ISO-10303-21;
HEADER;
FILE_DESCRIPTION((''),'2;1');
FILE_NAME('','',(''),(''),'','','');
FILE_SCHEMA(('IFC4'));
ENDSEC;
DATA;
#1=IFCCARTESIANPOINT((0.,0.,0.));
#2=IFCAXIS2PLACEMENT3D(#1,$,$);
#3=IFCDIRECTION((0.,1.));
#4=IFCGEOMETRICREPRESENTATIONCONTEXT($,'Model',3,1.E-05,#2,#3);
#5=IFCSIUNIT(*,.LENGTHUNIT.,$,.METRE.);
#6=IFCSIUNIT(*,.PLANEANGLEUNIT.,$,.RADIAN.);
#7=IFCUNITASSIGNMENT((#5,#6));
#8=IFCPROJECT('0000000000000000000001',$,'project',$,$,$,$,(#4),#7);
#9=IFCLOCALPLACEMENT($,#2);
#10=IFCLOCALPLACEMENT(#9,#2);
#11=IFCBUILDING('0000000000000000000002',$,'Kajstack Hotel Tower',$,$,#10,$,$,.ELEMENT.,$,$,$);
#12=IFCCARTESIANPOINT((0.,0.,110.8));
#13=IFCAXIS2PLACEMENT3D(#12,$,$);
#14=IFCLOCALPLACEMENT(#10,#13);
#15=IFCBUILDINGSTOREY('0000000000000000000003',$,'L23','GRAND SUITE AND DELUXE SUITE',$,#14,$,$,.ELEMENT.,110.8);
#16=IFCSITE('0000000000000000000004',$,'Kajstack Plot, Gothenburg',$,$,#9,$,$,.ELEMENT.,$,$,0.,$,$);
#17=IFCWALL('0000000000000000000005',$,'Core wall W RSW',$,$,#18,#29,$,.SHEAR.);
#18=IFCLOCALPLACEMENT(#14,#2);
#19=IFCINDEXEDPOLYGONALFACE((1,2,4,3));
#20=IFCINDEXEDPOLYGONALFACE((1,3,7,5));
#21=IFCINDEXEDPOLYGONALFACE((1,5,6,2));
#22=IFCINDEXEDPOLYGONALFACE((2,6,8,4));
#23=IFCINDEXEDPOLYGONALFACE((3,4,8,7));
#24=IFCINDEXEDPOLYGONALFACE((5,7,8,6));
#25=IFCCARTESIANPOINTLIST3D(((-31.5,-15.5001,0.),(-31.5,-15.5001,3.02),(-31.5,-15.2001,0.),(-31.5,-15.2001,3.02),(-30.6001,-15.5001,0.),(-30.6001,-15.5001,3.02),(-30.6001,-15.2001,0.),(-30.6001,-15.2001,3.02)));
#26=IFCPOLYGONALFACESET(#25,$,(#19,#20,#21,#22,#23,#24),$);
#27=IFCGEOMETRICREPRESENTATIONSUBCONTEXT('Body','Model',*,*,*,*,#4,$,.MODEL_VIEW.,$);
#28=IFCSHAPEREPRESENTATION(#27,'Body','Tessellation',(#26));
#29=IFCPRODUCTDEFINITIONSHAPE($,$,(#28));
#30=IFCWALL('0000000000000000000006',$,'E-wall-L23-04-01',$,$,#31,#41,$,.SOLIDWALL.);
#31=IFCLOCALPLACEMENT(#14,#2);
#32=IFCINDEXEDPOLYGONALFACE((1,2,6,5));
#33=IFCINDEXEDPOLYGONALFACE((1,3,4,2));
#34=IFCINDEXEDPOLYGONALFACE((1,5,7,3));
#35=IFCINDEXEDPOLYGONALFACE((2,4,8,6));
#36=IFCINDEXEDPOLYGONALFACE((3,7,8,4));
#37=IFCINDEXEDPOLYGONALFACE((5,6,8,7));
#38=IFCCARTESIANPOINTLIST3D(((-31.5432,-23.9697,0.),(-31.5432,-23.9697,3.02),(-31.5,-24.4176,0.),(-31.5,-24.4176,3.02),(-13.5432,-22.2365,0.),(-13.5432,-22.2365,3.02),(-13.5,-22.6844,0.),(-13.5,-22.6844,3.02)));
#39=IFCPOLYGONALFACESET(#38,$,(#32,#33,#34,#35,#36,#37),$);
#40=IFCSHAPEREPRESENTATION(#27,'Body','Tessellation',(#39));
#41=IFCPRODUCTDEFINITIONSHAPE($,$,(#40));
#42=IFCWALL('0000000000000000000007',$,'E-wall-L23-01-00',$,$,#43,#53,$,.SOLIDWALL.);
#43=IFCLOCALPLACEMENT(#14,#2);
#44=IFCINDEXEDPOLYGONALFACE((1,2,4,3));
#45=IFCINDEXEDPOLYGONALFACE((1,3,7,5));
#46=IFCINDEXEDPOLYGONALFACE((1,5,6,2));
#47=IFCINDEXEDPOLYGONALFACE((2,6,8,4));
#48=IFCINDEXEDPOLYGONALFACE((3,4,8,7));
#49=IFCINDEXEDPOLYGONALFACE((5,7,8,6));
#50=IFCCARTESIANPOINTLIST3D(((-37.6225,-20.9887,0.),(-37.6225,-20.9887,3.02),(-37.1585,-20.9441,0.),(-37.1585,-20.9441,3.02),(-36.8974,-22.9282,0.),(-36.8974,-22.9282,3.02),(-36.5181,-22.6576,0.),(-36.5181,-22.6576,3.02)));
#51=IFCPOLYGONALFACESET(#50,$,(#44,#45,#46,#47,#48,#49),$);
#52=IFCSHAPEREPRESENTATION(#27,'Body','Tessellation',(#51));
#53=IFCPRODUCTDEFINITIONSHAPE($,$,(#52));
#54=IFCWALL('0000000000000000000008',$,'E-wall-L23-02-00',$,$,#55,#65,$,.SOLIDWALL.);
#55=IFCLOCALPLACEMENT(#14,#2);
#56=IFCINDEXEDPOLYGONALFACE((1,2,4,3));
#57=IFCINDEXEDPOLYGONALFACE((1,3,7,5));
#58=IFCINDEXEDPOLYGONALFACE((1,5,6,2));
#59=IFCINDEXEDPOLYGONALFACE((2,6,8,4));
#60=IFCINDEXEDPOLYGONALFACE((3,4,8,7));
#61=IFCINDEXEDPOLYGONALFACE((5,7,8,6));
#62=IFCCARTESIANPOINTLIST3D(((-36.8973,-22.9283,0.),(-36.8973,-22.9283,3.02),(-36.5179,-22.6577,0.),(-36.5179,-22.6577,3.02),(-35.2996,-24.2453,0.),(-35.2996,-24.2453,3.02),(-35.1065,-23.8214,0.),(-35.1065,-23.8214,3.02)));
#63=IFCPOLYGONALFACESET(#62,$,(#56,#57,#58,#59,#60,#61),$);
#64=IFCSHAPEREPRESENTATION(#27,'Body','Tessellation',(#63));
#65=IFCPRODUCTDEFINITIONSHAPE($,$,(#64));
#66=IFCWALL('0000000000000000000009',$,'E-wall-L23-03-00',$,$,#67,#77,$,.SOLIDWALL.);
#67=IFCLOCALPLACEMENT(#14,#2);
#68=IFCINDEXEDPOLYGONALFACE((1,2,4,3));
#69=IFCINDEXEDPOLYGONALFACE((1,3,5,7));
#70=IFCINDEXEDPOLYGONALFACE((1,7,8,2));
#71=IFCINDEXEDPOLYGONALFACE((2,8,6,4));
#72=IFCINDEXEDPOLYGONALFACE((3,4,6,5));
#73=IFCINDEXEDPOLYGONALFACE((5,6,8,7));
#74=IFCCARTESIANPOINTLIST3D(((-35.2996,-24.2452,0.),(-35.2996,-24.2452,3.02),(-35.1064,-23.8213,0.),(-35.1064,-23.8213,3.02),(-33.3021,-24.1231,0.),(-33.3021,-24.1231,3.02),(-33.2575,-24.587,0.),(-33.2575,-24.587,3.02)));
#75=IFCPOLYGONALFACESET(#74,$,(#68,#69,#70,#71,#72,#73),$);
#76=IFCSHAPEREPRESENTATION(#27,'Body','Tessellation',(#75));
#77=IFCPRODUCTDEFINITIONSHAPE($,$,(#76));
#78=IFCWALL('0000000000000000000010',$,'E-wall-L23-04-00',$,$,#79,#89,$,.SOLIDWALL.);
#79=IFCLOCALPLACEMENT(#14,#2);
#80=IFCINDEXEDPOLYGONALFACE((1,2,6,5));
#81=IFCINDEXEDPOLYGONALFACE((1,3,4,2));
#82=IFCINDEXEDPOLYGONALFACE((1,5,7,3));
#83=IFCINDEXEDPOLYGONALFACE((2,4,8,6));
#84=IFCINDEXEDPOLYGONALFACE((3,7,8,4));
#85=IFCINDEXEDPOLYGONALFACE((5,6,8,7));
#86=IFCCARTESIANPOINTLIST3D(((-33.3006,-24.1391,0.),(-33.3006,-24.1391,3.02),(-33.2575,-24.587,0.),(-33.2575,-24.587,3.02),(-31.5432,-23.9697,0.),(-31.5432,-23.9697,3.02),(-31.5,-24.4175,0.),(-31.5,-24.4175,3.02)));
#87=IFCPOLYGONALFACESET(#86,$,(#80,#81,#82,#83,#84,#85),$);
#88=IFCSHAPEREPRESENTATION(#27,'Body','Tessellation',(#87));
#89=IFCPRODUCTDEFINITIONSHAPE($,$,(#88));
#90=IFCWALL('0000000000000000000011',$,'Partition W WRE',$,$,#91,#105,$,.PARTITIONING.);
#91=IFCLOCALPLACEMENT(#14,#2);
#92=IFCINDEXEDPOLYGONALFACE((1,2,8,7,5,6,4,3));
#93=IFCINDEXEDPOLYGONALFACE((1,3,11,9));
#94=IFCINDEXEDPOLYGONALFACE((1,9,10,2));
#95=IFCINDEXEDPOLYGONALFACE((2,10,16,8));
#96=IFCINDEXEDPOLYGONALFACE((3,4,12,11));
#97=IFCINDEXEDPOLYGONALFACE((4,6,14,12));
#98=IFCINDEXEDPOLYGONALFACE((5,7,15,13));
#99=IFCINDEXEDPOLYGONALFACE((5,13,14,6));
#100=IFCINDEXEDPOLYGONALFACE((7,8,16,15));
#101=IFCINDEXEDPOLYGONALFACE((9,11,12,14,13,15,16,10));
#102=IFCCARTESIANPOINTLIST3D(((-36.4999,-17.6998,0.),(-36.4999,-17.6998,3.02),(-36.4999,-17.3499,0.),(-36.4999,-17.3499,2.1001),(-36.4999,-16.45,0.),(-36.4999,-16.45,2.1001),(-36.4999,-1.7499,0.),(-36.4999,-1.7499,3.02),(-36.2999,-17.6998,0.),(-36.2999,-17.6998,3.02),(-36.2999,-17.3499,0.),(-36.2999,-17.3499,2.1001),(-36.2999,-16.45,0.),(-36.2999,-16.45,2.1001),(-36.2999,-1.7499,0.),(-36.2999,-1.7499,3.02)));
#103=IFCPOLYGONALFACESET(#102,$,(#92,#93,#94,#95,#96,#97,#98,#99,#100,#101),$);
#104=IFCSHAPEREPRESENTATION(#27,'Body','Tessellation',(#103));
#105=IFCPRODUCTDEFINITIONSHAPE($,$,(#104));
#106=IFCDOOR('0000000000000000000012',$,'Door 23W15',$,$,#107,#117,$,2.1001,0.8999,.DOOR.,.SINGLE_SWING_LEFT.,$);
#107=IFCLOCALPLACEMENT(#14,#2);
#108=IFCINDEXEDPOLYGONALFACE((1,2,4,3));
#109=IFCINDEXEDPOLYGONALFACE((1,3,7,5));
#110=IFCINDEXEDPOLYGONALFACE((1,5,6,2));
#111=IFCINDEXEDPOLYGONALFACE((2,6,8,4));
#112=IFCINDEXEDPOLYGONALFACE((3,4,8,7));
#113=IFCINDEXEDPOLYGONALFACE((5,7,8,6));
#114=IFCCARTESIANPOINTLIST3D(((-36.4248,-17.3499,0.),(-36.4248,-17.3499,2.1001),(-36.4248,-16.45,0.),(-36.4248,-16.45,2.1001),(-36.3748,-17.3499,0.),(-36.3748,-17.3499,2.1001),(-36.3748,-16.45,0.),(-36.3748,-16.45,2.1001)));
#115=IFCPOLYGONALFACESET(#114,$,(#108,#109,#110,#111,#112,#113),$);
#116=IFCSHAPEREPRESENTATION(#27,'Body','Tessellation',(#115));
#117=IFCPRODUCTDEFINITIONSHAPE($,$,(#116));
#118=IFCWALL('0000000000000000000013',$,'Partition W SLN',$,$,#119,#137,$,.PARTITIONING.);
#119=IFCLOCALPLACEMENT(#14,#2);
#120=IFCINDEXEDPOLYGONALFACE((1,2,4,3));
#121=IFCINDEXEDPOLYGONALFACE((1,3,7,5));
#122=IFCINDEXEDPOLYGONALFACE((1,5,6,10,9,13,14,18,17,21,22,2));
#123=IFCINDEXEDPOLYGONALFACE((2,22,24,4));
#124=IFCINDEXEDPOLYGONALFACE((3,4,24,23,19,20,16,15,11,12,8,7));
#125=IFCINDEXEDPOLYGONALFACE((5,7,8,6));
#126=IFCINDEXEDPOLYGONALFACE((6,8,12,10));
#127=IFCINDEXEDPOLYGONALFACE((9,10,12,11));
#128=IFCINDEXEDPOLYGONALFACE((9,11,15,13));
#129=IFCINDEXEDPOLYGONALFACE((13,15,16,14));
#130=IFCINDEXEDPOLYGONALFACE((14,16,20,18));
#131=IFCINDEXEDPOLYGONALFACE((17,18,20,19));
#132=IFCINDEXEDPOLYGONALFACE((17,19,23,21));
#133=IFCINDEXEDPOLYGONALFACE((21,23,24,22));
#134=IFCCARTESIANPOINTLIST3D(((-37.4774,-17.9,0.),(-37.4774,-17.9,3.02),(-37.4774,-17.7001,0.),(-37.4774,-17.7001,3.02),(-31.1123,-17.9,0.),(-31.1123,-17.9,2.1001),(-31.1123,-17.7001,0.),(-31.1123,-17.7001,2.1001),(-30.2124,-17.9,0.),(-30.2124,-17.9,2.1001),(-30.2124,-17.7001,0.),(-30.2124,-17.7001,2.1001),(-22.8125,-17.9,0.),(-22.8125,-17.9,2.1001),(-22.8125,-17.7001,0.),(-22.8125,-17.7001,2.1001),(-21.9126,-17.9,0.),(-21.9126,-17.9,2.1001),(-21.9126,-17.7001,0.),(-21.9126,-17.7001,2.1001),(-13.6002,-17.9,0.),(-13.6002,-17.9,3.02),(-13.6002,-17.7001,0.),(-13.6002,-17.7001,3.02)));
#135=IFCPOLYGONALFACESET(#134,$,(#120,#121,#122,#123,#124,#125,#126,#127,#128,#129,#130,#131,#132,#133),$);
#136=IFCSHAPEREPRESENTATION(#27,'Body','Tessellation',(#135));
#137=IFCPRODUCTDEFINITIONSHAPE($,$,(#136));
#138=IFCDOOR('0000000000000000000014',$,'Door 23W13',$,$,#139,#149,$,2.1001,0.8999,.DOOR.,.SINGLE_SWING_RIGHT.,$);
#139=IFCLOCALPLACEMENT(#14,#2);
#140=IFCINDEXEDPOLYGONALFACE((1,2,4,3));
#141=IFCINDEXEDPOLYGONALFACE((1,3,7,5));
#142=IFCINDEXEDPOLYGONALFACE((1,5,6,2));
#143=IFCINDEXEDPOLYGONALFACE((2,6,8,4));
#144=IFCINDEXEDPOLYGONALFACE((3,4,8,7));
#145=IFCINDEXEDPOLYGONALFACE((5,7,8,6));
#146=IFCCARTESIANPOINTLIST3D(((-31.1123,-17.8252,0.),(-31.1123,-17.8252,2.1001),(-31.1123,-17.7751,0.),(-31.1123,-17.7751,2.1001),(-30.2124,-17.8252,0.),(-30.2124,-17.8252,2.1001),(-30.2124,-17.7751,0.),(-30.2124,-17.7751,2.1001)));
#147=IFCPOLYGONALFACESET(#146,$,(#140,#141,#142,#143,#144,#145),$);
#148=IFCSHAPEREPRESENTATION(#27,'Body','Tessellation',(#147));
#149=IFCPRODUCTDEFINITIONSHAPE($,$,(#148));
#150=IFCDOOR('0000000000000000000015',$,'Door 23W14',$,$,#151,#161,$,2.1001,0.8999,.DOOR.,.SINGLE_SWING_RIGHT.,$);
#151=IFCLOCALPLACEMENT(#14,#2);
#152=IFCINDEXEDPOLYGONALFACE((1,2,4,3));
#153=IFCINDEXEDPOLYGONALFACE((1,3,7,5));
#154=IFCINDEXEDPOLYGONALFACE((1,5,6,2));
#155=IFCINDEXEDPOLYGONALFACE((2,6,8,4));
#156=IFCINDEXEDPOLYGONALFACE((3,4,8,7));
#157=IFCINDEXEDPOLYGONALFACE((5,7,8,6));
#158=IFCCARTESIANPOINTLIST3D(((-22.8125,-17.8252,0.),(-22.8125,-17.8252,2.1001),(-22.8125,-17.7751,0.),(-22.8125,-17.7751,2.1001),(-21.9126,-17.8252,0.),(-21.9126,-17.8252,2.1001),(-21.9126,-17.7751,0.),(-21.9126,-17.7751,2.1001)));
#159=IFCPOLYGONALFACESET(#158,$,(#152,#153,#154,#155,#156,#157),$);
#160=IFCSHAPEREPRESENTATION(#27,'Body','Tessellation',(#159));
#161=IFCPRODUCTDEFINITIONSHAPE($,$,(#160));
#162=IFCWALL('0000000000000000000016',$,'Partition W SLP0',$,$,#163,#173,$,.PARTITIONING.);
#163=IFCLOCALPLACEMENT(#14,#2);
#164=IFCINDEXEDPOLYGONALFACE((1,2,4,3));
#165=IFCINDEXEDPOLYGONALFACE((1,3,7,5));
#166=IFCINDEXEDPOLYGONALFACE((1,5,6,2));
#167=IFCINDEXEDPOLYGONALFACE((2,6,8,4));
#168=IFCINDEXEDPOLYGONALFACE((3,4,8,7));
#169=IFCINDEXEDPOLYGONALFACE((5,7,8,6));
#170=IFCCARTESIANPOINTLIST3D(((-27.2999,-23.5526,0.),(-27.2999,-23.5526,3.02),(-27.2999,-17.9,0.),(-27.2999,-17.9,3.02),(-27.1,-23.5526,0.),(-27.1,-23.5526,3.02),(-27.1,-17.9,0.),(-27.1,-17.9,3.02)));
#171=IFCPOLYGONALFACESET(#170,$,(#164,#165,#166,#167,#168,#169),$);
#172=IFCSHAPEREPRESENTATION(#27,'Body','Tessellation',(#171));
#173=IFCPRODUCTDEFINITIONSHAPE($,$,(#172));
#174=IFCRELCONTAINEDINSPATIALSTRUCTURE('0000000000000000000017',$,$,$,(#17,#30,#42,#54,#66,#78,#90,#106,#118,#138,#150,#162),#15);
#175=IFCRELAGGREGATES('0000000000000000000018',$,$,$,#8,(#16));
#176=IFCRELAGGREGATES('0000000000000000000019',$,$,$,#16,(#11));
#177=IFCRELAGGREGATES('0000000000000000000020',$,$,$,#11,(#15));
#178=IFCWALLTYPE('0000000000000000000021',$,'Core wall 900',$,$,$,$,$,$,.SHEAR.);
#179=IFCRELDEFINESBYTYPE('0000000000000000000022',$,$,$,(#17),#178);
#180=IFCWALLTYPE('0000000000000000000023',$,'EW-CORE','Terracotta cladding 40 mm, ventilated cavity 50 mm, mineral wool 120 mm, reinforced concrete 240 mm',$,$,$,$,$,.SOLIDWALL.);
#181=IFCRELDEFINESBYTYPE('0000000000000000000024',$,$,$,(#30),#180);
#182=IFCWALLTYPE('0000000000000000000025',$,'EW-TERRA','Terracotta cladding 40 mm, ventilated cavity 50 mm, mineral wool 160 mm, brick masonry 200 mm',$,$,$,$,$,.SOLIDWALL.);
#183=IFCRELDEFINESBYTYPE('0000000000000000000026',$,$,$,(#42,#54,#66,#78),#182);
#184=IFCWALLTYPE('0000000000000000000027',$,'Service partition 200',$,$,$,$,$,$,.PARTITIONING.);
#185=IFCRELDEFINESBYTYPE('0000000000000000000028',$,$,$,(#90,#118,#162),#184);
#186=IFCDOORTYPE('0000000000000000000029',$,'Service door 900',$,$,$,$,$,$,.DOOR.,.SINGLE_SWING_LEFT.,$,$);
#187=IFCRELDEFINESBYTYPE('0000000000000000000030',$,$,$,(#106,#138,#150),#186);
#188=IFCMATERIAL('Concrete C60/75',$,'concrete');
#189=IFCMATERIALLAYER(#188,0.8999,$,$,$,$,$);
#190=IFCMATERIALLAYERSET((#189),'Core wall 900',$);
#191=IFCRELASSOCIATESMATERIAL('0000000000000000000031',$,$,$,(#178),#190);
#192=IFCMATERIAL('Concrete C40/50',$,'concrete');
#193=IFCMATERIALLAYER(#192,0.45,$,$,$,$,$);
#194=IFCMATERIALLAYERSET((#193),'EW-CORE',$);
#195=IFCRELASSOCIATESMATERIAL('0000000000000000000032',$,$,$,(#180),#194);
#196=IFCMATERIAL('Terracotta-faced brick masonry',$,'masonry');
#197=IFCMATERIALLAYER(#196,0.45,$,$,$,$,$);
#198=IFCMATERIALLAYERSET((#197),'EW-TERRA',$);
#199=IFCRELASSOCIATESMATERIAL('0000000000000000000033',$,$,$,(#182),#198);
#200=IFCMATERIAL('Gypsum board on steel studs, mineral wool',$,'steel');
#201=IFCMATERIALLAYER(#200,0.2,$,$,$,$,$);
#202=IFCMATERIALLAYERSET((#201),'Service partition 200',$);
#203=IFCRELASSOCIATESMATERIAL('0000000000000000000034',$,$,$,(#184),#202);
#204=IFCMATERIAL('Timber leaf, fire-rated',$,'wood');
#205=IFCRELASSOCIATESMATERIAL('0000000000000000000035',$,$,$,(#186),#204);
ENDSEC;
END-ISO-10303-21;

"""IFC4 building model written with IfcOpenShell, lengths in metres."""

from ifc_helpers import new_model, si_unit, direction, frame, frame_2d, origin, place, context, subcontext, project, spatial, polyline, rectangle, outline, extrude, material, layer, layer_set, type_object, element, fill, save


model = new_model("IFC4")

# Units and contexts
model_context = context("Model", 3, precision=1e-05, world=origin(), true_north=direction((0.0, 1.0)))
body_context = subcontext(model_context, "Body", "Model", "MODEL_VIEW")
ifc_project = project(units=[si_unit("LENGTHUNIT", "METRE"), si_unit("PLANEANGLEUNIT", "RADIAN")], contexts=[model_context])

# Site, building, storey
site_placement = place(None, origin())
site = spatial("IfcSite", under=ifc_project, at=site_placement, Name="Kajstack Plot, Gothenburg", CompositionType="ELEMENT", RefElevation=0.0)
building_placement = place(site_placement, origin())
building = spatial("IfcBuilding", under=site, at=building_placement, Name="Kajstack Hotel Tower", CompositionType="ELEMENT")
storey_placement = place(building_placement, frame((0.0, 0.0, 110.8)))
storey = spatial("IfcBuildingStorey", under=building, at=storey_placement, Name="L23", Description="GRAND SUITE AND DELUXE SUITE", CompositionType="ELEMENT", Elevation=110.8)

# Walls
ifc_material_1 = material(Name="Concrete C60/75", Category="concrete")
ifc_layer_1 = layer(ifc_material_1, 0.8999)
ifc_layer_set_1 = layer_set([ifc_layer_1], Name="Core wall 900")
wall_type_1 = type_object("IfcWallType", Name="Core wall 900", PredefinedType="SHEAR", material=ifc_layer_set_1)
wall_1_placement = place(storey_placement, frame((-31.5, -15.3501, 0.0), z_axis=(0.0, 0.0, 1.0), x_axis=(1.0, 0.0, 0.0)))
element("IfcWall", 1, at=wall_1_placement, inside=storey, type_object=wall_type_1, Name="Core wall W RSW", PredefinedType="SHEAR", context=body_context, shape_type="SweptSolid", body=[
    extrude(rectangle(XDim=0.8999, YDim=0.3, at=frame_2d((0.45, 0.0))), origin(), (0.0, 0.0, 1.0), 3.02),
])
ifc_material_2 = material(Name="Concrete C40/50", Category="concrete")
ifc_layer_2 = layer(ifc_material_2, 0.45)
ifc_layer_set_2 = layer_set([ifc_layer_2], Name="EW-CORE")
wall_type_2 = type_object("IfcWallType", Name="EW-CORE", Description="Terracotta cladding 40 mm, ventilated cavity 50 mm, mineral wool 120 mm, reinforced concrete 240 mm", PredefinedType="SOLIDWALL", material=ifc_layer_set_2)
wall_2_placement = place(storey_placement, frame((-31.5215, -24.1936, 0.0), z_axis=(0.0, 0.0, 1.0), x_axis=(0.995396, 0.095843, 0.0)))
element("IfcWall", 2, at=wall_2_placement, inside=storey, type_object=wall_type_2, Name="E-wall-L23-04-01", PredefinedType="SOLIDWALL", context=body_context, shape_type="SweptSolid", body=[
    extrude(rectangle(XDim=18.0833, YDim=0.45, at=frame_2d((9.0415, 0.0))), origin(), (0.0, 0.0, 1.0), 3.02),
])
ifc_material_3 = material(Name="Terracotta-faced brick masonry", Category="masonry")
ifc_layer_3 = layer(ifc_material_3, 0.45)
ifc_layer_set_3 = layer_set([ifc_layer_3], Name="EW-TERRA")
wall_type_3 = type_object("IfcWallType", Name="EW-TERRA", Description="Terracotta cladding 40 mm, ventilated cavity 50 mm, mineral wool 160 mm, brick masonry 200 mm", PredefinedType="SOLIDWALL", material=ifc_layer_set_3)
for number, where, z_axis, x_axis, name in (
    (3, (-37.4116, -20.9099, 0.0), (0.0, 0.0, 1.0), (0.350193, -0.936678, 0.0), "E-wall-L23-01-00"),
    (4, (-36.7542, -22.7546, 0.0), (0.0, 0.0, 1.0), (0.771651, -0.636046, 0.0), "E-wall-L23-02-00"),
):
    element("IfcWall", number, at=place(storey_placement, frame(where, z_axis=z_axis, x_axis=x_axis)), inside=storey, type_object=wall_type_3, Name=name, PredefinedType="SOLIDWALL", context=body_context, shape_type="SweptSolid", body=[
        extrude(outline(polyline([(0.0, -0.2251), (2.0706, -0.2251), (1.95, 0.2249), (0.1206, 0.2251), (0.0, -0.2251)])), origin(), (0.0, 0.0, 1.0), 3.02),
    ])
wall_3_placement = place(storey_placement, frame((-35.2625, -24.0232, 0.0), z_axis=(0.0, 0.0, 1.0), x_axis=(0.986279, -0.165087, 0.0)))
element("IfcWall", 5, at=wall_3_placement, inside=storey, type_object=wall_type_3, Name="E-wall-L23-03-00", PredefinedType="SOLIDWALL", context=body_context, shape_type="SweptSolid", body=[
    extrude(outline(polyline([(0.0, -0.2251), (2.0706, -0.2251), (1.95, 0.2251), (0.1206, 0.2249), (0.0, -0.2251)])), origin(), (0.0, 0.0, 1.0), 3.02),
])
wall_4_placement = place(storey_placement, frame((-33.2791, -24.363, 0.0), z_axis=(0.0, 0.0, 1.0), x_axis=(0.995385, 0.095957, 0.0)))
element("IfcWall", 6, at=wall_4_placement, inside=storey, type_object=wall_type_3, Name="E-wall-L23-04-00", PredefinedType="SOLIDWALL", context=body_context, shape_type="SweptSolid", body=[
    extrude(rectangle(XDim=1.7656, YDim=0.45, at=frame_2d((0.8828, 0.0))), origin(), (0.0, 0.0, 1.0), 3.02),
])

# Wall, opening, door
ifc_material_4 = material(Name="Gypsum board on steel studs, mineral wool", Category="steel")
ifc_layer_4 = layer(ifc_material_4, 0.2)
ifc_layer_set_4 = layer_set([ifc_layer_4], Name="Service partition 200")
wall_type_4 = type_object("IfcWallType", Name="Service partition 200", PredefinedType="PARTITIONING", material=ifc_layer_set_4)
wall_5_placement = place(storey_placement, frame((-36.3999, -17.7, 0.0), z_axis=(0.0, 0.0, 1.0), x_axis=(0.0, 1.0, 0.0)))
wall_5 = element("IfcWall", 7, at=wall_5_placement, inside=storey, type_object=wall_type_4, Name="Partition W WRE", PredefinedType="PARTITIONING", context=body_context, shape_type="SweptSolid", body=[
    extrude(rectangle(XDim=15.95, YDim=0.2, at=frame_2d((7.9751, 0.0))), origin(), (0.0, 0.0, 1.0), 3.02),
])
opening_1_placement = place(wall_5_placement, frame((0.3501, 0.0, 0.0)))
opening_1 = element("IfcOpeningElement", 8, at=opening_1_placement, cuts=wall_5, PredefinedType="OPENING", context=body_context, shape_type="SweptSolid", body=[
    extrude(rectangle(XDim=0.8999, YDim=2.1001, at=frame_2d((0.45, 1.05))), frame((0.0, 0.1099, 0.0), z_axis=(0.0, -1.0, 0.0), x_axis=(1.0, 0.0, 0.0)), (0.0, 0.0, 1.0), 0.22),
])
ifc_material_5 = material(Name="Timber leaf, fire-rated", Category="wood")
door_type = type_object("IfcDoorType", Name="Service door 900", OperationType="SINGLE_SWING_LEFT", PredefinedType="DOOR", material=ifc_material_5)
door_1_placement = place(opening_1_placement, origin())
door_1 = element("IfcDoor", 9, at=door_1_placement, inside=storey, type_object=door_type, Name="Door 23W15", OperationType="SINGLE_SWING_LEFT", OverallHeight=2.1001, OverallWidth=0.8999, PredefinedType="DOOR", context=body_context, shape_type="SweptSolid", body=[
    extrude(rectangle(XDim=0.8999, YDim=2.1001, at=frame_2d((0.45, 1.05))), frame((0.0, 0.0249, 0.0), z_axis=(0.0, -1.0, 0.0), x_axis=(1.0, 0.0, 0.0)), (0.0, 0.0, 1.0), 0.05),
])
fill(opening_1, door_1)

# Wall, openings, doors
wall_6_placement = place(storey_placement, frame((-37.4773, -17.8, 0.0), z_axis=(0.0, 0.0, 1.0), x_axis=(1.0, 0.0, 0.0)))
wall_6 = element("IfcWall", 10, at=wall_6_placement, inside=storey, type_object=wall_type_4, Name="Partition W SLN", PredefinedType="PARTITIONING", context=body_context, shape_type="SweptSolid", body=[
    extrude(rectangle(XDim=23.8772, YDim=0.2, at=frame_2d((11.9385, 0.0))), origin(), (0.0, 0.0, 1.0), 3.02),
])
opening_2_placement = place(wall_6_placement, frame((6.365, 0.0, 0.0)))
opening_2 = element("IfcOpeningElement", 11, at=opening_2_placement, cuts=wall_6, PredefinedType="OPENING", context=body_context, shape_type="SweptSolid", body=[
    extrude(rectangle(XDim=0.8999, YDim=2.1001, at=frame_2d((0.45, 1.05))), frame((0.0, 0.1099, 0.0), z_axis=(0.0, -1.0, 0.0), x_axis=(1.0, 0.0, 0.0)), (0.0, 0.0, 1.0), 0.22),
])
opening_3_placement = place(wall_6_placement, frame((14.6648, 0.0, 0.0)))
opening_3 = element("IfcOpeningElement", 12, at=opening_3_placement, cuts=wall_6, PredefinedType="OPENING", context=body_context, shape_type="SweptSolid", body=[
    extrude(rectangle(XDim=0.8999, YDim=2.1001, at=frame_2d((0.45, 1.05))), frame((0.0, 0.1099, 0.0), z_axis=(0.0, -1.0, 0.0), x_axis=(1.0, 0.0, 0.0)), (0.0, 0.0, 1.0), 0.22),
])
door_2_placement = place(opening_2_placement, origin())
door_2 = element("IfcDoor", 13, at=door_2_placement, inside=storey, type_object=door_type, Name="Door 23W13", OperationType="SINGLE_SWING_RIGHT", OverallHeight=2.1001, OverallWidth=0.8999, PredefinedType="DOOR", context=body_context, shape_type="SweptSolid", body=[
    extrude(rectangle(XDim=0.8999, YDim=2.1001, at=frame_2d((0.45, 1.05))), frame((0.0, 0.0249, 0.0), z_axis=(0.0, -1.0, 0.0), x_axis=(1.0, 0.0, 0.0)), (0.0, 0.0, 1.0), 0.05),
])
fill(opening_2, door_2)
door_3_placement = place(opening_3_placement, origin())
door_3 = element("IfcDoor", 14, at=door_3_placement, inside=storey, type_object=door_type, Name="Door 23W14", OperationType="SINGLE_SWING_RIGHT", OverallHeight=2.1001, OverallWidth=0.8999, PredefinedType="DOOR", context=body_context, shape_type="SweptSolid", body=[
    extrude(rectangle(XDim=0.8999, YDim=2.1001, at=frame_2d((0.45, 1.05))), frame((0.0, 0.0249, 0.0), z_axis=(0.0, -1.0, 0.0), x_axis=(1.0, 0.0, 0.0)), (0.0, 0.0, 1.0), 0.05),
])
fill(opening_3, door_3)

# Wall
wall_7_placement = place(storey_placement, frame((-27.2, -23.5525, 0.0), z_axis=(0.0, 0.0, 1.0), x_axis=(0.0, 1.0, 0.0)))
element("IfcWall", 15, at=wall_7_placement, inside=storey, type_object=wall_type_4, Name="Partition W SLP0", PredefinedType="PARTITIONING", context=body_context, shape_type="SweptSolid", body=[
    extrude(rectangle(XDim=5.6526, YDim=0.2, at=frame_2d((2.8262, 0.0))), origin(), (0.0, 0.0, 1.0), 3.02),
])

save(model, "model.ifc")
